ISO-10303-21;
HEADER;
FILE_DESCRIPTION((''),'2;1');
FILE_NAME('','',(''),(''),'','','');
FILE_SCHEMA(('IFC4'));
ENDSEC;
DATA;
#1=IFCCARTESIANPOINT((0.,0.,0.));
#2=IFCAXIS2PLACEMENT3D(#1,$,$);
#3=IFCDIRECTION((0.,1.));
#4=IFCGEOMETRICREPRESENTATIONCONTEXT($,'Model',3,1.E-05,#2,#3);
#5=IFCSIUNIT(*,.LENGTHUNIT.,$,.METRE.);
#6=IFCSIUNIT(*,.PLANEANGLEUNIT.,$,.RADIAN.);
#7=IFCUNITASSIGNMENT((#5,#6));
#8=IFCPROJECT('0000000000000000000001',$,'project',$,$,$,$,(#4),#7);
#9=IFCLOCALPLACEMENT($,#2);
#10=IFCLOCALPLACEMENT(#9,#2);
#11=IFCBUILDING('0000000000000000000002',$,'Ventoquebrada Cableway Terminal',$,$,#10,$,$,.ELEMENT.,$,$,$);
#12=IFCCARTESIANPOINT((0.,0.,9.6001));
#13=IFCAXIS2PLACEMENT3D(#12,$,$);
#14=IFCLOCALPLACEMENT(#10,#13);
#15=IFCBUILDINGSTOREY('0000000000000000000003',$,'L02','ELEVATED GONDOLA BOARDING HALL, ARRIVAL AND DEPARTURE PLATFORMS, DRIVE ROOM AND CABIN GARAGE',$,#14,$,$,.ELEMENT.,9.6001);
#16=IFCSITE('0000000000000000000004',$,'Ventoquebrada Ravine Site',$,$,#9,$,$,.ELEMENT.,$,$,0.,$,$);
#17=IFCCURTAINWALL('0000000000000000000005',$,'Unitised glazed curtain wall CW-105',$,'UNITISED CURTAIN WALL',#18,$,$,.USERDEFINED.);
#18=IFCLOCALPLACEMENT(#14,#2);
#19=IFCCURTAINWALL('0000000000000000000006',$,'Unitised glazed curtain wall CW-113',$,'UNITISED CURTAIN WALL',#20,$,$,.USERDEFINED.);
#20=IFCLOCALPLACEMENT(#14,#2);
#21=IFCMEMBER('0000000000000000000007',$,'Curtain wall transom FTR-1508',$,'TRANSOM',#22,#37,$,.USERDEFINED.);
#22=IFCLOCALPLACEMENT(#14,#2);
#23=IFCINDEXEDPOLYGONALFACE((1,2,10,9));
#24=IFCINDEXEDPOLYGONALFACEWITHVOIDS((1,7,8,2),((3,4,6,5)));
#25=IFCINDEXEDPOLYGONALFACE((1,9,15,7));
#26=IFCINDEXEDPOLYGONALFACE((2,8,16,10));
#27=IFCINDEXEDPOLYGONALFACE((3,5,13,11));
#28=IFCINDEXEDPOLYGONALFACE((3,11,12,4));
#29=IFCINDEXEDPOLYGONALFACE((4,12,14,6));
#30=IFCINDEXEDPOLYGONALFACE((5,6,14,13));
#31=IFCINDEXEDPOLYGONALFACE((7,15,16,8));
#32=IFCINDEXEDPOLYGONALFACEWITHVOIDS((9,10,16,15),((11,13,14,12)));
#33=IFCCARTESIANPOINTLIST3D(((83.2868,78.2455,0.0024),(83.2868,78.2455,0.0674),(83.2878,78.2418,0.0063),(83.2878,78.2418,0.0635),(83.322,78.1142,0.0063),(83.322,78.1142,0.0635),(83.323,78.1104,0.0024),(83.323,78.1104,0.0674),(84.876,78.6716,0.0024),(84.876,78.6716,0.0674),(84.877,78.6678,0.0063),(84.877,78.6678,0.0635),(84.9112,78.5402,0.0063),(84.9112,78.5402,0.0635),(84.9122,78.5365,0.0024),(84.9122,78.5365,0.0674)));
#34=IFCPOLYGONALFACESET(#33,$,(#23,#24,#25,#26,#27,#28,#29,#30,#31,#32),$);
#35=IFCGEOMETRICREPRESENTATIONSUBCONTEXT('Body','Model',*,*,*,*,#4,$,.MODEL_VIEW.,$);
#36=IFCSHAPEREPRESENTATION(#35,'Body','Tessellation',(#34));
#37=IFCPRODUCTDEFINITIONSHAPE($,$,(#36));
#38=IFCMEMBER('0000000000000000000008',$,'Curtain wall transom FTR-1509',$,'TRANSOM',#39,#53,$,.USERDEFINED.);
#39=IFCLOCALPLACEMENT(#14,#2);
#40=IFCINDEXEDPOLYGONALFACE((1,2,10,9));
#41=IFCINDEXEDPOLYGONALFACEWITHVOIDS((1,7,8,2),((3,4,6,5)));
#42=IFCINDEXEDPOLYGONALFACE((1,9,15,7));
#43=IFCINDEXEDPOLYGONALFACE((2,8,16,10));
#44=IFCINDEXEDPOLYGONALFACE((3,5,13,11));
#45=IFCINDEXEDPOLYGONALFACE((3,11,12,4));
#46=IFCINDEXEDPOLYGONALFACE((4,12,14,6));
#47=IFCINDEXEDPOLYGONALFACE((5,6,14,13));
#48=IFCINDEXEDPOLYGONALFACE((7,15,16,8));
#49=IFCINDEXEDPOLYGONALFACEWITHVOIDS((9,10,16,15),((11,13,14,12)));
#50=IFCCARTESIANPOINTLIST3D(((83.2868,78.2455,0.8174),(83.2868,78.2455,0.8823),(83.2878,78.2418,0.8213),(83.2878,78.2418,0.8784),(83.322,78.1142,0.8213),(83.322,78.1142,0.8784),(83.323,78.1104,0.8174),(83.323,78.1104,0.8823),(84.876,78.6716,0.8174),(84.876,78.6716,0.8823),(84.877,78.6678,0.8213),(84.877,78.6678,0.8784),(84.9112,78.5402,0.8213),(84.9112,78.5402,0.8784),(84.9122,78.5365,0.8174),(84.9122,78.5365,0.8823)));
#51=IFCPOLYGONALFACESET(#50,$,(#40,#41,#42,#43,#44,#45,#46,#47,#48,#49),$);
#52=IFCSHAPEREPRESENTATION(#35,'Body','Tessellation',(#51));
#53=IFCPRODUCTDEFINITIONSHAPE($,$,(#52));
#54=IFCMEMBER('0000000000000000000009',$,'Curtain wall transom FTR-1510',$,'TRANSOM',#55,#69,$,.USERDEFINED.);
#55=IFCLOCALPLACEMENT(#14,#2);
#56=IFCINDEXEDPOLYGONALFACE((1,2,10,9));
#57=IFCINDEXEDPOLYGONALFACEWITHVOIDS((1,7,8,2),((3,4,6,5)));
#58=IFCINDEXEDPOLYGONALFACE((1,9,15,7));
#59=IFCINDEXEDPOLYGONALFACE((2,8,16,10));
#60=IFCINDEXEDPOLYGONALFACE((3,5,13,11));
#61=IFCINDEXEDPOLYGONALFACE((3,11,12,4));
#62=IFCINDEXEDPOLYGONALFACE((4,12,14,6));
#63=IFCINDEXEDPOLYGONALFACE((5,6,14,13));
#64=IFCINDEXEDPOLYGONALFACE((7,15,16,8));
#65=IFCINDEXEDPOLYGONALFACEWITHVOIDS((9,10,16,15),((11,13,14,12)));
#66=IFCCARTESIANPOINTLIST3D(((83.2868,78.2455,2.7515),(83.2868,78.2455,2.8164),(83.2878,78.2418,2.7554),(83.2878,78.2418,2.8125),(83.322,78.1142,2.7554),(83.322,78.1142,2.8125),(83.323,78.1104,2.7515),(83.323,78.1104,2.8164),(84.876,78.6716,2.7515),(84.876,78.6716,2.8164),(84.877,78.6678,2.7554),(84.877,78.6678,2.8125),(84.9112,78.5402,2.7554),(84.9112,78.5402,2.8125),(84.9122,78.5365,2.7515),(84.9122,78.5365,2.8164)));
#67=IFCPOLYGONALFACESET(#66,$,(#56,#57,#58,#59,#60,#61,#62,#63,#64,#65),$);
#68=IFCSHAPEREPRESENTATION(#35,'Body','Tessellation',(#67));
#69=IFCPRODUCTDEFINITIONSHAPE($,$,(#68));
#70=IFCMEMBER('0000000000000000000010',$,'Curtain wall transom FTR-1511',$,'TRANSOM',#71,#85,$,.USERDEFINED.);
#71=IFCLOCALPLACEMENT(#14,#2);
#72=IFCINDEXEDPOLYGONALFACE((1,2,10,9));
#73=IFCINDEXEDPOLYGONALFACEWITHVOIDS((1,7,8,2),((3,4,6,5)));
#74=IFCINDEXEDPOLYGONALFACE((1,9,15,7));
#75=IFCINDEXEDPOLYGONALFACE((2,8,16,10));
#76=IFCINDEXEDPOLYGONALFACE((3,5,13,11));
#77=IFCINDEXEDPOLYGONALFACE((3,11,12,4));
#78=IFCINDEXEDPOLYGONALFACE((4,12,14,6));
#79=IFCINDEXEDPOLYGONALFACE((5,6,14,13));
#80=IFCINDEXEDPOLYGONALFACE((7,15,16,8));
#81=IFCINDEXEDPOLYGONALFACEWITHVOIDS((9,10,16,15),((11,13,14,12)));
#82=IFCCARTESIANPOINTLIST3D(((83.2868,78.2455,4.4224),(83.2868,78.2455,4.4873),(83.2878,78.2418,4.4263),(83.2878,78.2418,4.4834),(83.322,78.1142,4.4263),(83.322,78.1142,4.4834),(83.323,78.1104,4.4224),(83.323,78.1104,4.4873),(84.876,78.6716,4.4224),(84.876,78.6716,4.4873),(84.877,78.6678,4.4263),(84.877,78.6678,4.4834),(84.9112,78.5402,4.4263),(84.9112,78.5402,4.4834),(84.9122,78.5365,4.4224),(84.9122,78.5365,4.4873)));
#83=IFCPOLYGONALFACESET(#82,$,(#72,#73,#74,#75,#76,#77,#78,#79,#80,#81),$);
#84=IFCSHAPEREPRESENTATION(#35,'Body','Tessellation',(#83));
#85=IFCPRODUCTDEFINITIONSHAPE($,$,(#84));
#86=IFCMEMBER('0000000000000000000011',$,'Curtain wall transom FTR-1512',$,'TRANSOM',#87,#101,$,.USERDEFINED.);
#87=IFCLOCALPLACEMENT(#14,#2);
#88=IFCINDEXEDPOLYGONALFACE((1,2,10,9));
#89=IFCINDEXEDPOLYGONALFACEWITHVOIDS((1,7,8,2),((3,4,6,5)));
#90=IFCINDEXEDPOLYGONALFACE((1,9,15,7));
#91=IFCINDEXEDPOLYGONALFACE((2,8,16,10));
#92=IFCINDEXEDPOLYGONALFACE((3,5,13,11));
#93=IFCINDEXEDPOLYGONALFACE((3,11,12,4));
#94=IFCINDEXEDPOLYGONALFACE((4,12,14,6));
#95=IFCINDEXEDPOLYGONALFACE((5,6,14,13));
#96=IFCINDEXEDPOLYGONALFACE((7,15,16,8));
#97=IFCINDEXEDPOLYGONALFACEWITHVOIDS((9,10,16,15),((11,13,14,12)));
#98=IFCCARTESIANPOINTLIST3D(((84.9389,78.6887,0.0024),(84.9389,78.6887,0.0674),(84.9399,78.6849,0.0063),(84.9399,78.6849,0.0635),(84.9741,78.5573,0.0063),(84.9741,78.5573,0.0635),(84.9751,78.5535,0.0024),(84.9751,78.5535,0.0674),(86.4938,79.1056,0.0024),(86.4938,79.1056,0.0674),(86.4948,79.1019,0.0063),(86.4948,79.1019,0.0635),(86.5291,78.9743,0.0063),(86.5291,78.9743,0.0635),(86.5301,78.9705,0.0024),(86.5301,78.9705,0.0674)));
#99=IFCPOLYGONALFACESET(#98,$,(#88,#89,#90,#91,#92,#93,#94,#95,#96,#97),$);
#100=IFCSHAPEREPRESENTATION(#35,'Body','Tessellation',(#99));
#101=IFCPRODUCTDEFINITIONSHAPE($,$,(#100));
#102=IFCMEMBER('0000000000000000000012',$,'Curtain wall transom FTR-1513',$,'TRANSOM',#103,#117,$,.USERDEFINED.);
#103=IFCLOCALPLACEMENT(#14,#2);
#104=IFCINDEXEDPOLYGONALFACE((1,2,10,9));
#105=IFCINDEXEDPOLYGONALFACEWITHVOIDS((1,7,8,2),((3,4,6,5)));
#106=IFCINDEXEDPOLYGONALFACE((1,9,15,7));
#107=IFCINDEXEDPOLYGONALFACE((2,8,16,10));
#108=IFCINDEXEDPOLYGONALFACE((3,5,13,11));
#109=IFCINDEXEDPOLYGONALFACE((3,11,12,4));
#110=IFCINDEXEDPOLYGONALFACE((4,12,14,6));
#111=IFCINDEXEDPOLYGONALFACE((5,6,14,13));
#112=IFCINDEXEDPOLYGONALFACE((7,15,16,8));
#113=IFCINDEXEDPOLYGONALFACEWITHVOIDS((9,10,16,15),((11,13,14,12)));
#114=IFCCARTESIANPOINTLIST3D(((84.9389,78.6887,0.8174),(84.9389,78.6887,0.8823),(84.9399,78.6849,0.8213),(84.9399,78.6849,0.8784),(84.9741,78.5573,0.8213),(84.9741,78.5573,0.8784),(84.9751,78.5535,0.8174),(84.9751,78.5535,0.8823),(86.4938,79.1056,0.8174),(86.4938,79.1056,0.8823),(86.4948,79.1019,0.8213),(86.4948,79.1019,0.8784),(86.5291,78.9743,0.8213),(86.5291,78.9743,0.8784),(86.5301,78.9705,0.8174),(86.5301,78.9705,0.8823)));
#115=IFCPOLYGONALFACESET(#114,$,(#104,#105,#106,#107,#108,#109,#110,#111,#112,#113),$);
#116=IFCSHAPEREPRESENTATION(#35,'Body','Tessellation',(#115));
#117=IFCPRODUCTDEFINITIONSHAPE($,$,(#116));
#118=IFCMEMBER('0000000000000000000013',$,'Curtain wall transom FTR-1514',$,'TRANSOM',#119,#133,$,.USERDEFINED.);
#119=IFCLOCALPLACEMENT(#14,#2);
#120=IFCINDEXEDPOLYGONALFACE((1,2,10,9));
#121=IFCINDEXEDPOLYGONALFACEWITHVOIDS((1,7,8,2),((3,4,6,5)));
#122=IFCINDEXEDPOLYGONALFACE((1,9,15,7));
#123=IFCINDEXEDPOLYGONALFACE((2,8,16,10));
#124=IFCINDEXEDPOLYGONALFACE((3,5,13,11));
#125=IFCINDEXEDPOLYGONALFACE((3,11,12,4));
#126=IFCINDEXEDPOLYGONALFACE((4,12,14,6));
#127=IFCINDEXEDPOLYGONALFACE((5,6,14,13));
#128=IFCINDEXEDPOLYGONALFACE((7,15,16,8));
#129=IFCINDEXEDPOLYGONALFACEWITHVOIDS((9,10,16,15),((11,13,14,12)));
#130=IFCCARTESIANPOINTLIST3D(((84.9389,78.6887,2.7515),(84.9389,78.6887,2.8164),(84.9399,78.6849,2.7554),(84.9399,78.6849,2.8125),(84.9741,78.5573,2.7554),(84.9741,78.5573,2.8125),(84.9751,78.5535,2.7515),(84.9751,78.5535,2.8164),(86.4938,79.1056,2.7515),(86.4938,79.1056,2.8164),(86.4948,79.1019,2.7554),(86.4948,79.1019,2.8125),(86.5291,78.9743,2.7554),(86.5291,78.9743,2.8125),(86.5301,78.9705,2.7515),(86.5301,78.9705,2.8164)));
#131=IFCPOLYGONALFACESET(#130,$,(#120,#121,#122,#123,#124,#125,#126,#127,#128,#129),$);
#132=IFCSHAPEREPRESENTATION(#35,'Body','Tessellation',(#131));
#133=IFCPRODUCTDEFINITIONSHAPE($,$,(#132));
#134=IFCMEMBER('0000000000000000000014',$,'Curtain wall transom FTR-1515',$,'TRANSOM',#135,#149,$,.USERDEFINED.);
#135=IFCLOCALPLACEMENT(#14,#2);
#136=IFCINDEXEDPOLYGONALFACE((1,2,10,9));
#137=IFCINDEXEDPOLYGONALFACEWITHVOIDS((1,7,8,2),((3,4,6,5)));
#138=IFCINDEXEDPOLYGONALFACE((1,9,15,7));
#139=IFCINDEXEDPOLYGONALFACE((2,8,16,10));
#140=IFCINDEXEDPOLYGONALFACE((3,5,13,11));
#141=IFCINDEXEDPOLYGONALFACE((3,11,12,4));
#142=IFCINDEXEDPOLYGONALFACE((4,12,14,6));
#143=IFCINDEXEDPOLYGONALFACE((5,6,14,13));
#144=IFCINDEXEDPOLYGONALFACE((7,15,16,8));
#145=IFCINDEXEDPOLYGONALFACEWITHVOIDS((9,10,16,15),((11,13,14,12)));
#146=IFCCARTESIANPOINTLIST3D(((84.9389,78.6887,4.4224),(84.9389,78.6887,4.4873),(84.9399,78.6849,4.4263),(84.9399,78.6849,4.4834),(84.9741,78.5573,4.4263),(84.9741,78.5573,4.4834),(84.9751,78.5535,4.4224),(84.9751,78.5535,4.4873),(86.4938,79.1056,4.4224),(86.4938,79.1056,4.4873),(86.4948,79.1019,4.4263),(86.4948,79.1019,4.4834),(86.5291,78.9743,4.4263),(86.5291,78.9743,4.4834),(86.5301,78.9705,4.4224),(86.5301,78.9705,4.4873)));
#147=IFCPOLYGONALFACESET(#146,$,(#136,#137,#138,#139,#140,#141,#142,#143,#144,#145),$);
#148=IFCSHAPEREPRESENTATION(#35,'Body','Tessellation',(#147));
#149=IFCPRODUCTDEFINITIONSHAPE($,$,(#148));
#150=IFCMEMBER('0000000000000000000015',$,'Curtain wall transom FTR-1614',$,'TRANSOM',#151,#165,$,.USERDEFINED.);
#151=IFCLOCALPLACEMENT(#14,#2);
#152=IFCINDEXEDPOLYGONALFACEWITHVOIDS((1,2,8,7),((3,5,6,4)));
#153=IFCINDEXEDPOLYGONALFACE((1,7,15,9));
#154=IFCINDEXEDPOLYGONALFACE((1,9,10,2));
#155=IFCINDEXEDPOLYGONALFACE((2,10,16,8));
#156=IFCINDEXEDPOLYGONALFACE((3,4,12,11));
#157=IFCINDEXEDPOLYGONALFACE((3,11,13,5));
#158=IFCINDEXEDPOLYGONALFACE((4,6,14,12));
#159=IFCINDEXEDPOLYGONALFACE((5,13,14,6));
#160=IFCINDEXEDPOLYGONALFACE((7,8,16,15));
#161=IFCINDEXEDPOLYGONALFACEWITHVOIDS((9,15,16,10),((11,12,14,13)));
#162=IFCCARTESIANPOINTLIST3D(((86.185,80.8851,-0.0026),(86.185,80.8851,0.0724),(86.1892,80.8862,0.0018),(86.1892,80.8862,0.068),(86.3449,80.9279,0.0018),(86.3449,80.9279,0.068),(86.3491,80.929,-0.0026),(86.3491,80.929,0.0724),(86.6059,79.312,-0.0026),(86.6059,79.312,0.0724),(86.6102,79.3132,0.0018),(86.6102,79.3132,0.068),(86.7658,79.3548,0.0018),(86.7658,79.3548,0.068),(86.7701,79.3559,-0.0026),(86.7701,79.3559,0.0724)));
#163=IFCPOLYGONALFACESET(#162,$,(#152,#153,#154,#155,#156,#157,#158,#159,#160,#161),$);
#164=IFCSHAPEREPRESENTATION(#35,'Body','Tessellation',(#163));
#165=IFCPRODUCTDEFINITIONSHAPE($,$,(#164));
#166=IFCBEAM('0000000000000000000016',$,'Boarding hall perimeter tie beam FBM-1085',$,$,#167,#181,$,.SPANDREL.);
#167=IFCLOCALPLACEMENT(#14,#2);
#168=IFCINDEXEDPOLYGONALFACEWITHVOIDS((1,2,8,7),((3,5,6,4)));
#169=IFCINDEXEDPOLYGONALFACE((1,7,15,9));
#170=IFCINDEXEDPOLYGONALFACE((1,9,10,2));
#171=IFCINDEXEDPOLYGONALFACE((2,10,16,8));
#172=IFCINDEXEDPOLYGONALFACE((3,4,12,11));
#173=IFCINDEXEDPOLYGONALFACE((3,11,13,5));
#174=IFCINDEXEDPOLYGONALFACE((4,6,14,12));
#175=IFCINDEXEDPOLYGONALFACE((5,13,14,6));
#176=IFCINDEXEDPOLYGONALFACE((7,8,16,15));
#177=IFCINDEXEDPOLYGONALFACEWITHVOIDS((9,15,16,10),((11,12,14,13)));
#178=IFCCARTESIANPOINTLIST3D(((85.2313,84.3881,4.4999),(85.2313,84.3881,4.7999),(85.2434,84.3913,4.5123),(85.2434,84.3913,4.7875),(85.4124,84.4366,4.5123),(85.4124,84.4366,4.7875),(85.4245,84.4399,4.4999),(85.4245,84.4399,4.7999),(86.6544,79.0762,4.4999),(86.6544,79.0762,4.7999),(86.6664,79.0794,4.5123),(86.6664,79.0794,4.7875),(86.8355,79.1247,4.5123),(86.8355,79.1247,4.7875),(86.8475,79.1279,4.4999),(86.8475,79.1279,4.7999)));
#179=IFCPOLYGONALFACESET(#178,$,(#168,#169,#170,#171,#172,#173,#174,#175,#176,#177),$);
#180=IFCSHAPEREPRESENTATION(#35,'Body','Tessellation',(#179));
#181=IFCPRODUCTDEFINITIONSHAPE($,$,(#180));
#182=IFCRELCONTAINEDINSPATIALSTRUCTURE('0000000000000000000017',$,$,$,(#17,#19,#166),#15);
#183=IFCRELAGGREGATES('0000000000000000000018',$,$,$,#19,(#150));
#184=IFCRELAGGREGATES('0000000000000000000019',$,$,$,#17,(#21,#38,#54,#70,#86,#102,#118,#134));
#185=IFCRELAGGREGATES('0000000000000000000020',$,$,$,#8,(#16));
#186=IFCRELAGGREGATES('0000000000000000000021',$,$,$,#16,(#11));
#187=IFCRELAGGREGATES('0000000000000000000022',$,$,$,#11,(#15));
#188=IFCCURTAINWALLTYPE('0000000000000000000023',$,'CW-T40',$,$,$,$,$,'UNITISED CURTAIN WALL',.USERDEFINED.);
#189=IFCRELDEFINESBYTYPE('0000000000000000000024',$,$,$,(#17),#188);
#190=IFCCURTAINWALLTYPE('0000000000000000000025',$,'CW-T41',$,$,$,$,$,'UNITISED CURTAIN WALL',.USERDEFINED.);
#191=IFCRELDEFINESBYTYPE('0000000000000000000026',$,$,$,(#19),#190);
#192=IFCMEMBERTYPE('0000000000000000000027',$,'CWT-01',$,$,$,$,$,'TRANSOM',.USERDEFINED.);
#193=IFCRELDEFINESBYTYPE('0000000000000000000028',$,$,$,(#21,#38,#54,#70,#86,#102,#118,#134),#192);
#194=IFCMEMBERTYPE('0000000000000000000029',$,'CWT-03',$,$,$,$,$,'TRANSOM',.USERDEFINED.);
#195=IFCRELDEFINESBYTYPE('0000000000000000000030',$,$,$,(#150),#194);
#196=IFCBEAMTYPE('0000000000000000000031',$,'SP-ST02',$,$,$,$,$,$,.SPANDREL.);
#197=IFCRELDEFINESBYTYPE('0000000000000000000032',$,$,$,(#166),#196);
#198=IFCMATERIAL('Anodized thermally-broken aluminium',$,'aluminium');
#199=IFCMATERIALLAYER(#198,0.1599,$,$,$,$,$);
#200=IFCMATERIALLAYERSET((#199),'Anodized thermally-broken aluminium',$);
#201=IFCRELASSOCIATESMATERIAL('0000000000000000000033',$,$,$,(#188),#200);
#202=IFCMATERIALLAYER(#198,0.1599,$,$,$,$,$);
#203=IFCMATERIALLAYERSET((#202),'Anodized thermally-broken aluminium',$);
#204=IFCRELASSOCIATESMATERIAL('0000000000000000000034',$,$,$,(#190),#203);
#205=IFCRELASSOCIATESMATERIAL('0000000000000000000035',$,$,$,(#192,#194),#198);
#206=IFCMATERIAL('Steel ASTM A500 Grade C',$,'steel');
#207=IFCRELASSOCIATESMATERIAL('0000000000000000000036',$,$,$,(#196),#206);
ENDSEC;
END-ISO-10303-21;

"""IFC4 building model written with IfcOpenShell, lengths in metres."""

from ifc_helpers import new_model, si_unit, direction, frame, origin, origin_2d, place, context, subcontext, project, spatial, hollow_rectangle, extrude, material, layer, layer_set, material_profile, profile_set, type_object, element, aggregate, save


model = new_model("IFC4")

# Units and contexts
model_context = context("Model", 3, precision=1e-05, world=origin(), true_north=direction((0.0, 1.0)))
body_context = subcontext(model_context, "Body", "Model", "MODEL_VIEW")
ifc_project = project(units=[si_unit("LENGTHUNIT", "METRE"), si_unit("PLANEANGLEUNIT", "RADIAN")], contexts=[model_context])

# Site, building, storey
site_placement = place(None, origin())
site = spatial("IfcSite", under=ifc_project, at=site_placement, Name="Ventoquebrada Ravine Site", CompositionType="ELEMENT", RefElevation=0.0)
building_placement = place(site_placement, origin())
building = spatial("IfcBuilding", under=site, at=building_placement, Name="Ventoquebrada Cableway Terminal", CompositionType="ELEMENT")
storey_placement = place(building_placement, frame((0.0, 0.0, 9.6001)))
storey = spatial("IfcBuildingStorey", under=building, at=storey_placement, Name="L02", Description="ELEVATED GONDOLA BOARDING HALL, ARRIVAL AND DEPARTURE PLATFORMS, DRIVE ROOM AND CABIN GARAGE", CompositionType="ELEMENT", Elevation=9.6001)

# Shared definitions
ifc_material_1 = material(Name="Steel ASTM A500 Grade C", Category="steel")

# Curtain wall
ifc_material_2 = material(Name="Anodized thermally-broken aluminium", Category="aluminium")
ifc_layer_1 = layer(ifc_material_2, 0.1599)
ifc_layer_set_1 = layer_set([ifc_layer_1], Name="Anodized thermally-broken aluminium")
curtain_wall_type_1 = type_object("IfcCurtainWallType", Name="CW-T40", ElementType="UNITISED CURTAIN WALL", PredefinedType="USERDEFINED", material=ifc_layer_set_1)
curtain_wall_1_placement = place(storey_placement, origin())
curtain_wall_1 = element("IfcCurtainWall", 1, at=curtain_wall_1_placement, inside=storey, type_object=curtain_wall_type_1, Name="Unitised glazed curtain wall CW-105", ObjectType="UNITISED CURTAIN WALL", PredefinedType="USERDEFINED")

# Curtain wall
ifc_layer_2 = layer(ifc_material_2, 0.1599)
ifc_layer_set_2 = layer_set([ifc_layer_2], Name="Anodized thermally-broken aluminium")
curtain_wall_type_2 = type_object("IfcCurtainWallType", Name="CW-T41", ElementType="UNITISED CURTAIN WALL", PredefinedType="USERDEFINED", material=ifc_layer_set_2)
curtain_wall_2_placement = place(storey_placement, origin())
curtain_wall_2 = element("IfcCurtainWall", 2, at=curtain_wall_2_placement, inside=storey, type_object=curtain_wall_type_2, Name="Unitised glazed curtain wall CW-113", ObjectType="UNITISED CURTAIN WALL", PredefinedType="USERDEFINED")

# Members
ifc_material_profile_1 = material_profile(ifc_material_2, hollow_rectangle(XDim=0.0649, YDim=0.1399, WallThickness=0.0039, at=origin_2d()), Name="CW-TRN-65X140")
ifc_profile_set_1 = profile_set([ifc_material_profile_1], Name="Anodized thermally-broken aluminium")
member_type_1 = type_object("IfcMemberType", Name="CWT-01", ElementType="TRANSOM", PredefinedType="USERDEFINED", material=ifc_profile_set_1)
member_1_placement = place(storey_placement, frame((83.3049, 78.178, 0.0349), z_axis=(0.965892, 0.258946, 0.0), x_axis=(0.0, 0.0, 1.0)))
member_1 = element("IfcMember", 3, at=member_1_placement, type_object=member_type_1, Name="Curtain wall transom FTR-1508", ObjectType="TRANSOM", PredefinedType="USERDEFINED", context=body_context, shape_type="SweptSolid", body=[
    extrude(hollow_rectangle(XDim=0.0649, YDim=0.1399, WallThickness=0.0039, at=origin_2d()), origin(), (0.0, 0.0, 1.0), 1.6453),
])
member_2_placement = place(storey_placement, frame((83.3049, 78.178, 0.8499), z_axis=(0.965892, 0.258946, 0.0), x_axis=(0.0, 0.0, 1.0)))
member_2 = element("IfcMember", 4, at=member_2_placement, type_object=member_type_1, Name="Curtain wall transom FTR-1509", ObjectType="TRANSOM", PredefinedType="USERDEFINED", context=body_context, shape_type="SweptSolid", body=[
    extrude(hollow_rectangle(XDim=0.0649, YDim=0.1399, WallThickness=0.0039, at=origin_2d()), origin(), (0.0, 0.0, 1.0), 1.6453),
])
member_3_placement = place(storey_placement, frame((83.3049, 78.178, 2.7839), z_axis=(0.965892, 0.258946, 0.0), x_axis=(0.0, 0.0, 1.0)))
member_3 = element("IfcMember", 5, at=member_3_placement, type_object=member_type_1, Name="Curtain wall transom FTR-1510", ObjectType="TRANSOM", PredefinedType="USERDEFINED", context=body_context, shape_type="SweptSolid", body=[
    extrude(hollow_rectangle(XDim=0.0649, YDim=0.1399, WallThickness=0.0039, at=origin_2d()), origin(), (0.0, 0.0, 1.0), 1.6453),
])
member_4_placement = place(storey_placement, frame((83.3049, 78.178, 4.4548), z_axis=(0.965892, 0.258946, 0.0), x_axis=(0.0, 0.0, 1.0)))
member_4 = element("IfcMember", 6, at=member_4_placement, type_object=member_type_1, Name="Curtain wall transom FTR-1511", ObjectType="TRANSOM", PredefinedType="USERDEFINED", context=body_context, shape_type="SweptSolid", body=[
    extrude(hollow_rectangle(XDim=0.0649, YDim=0.1399, WallThickness=0.0039, at=origin_2d()), origin(), (0.0, 0.0, 1.0), 1.6453),
])
member_5_placement = place(storey_placement, frame((84.957, 78.6211, 0.0349), z_axis=(0.965872, 0.259022, 0.0), x_axis=(0.0, 0.0, 1.0)))
member_5 = element("IfcMember", 7, at=member_5_placement, type_object=member_type_1, Name="Curtain wall transom FTR-1512", ObjectType="TRANSOM", PredefinedType="USERDEFINED", context=body_context, shape_type="SweptSolid", body=[
    extrude(hollow_rectangle(XDim=0.0649, YDim=0.1399, WallThickness=0.0039, at=origin_2d()), origin(), (0.0, 0.0, 1.0), 1.6099),
])
member_6_placement = place(storey_placement, frame((84.957, 78.6211, 0.8499), z_axis=(0.965872, 0.259022, 0.0), x_axis=(0.0, 0.0, 1.0)))
member_6 = element("IfcMember", 8, at=member_6_placement, type_object=member_type_1, Name="Curtain wall transom FTR-1513", ObjectType="TRANSOM", PredefinedType="USERDEFINED", context=body_context, shape_type="SweptSolid", body=[
    extrude(hollow_rectangle(XDim=0.0649, YDim=0.1399, WallThickness=0.0039, at=origin_2d()), origin(), (0.0, 0.0, 1.0), 1.6099),
])
member_7_placement = place(storey_placement, frame((84.957, 78.6211, 2.7839), z_axis=(0.965872, 0.259022, 0.0), x_axis=(0.0, 0.0, 1.0)))
member_7 = element("IfcMember", 9, at=member_7_placement, type_object=member_type_1, Name="Curtain wall transom FTR-1514", ObjectType="TRANSOM", PredefinedType="USERDEFINED", context=body_context, shape_type="SweptSolid", body=[
    extrude(hollow_rectangle(XDim=0.0649, YDim=0.1399, WallThickness=0.0039, at=origin_2d()), origin(), (0.0, 0.0, 1.0), 1.6099),
])
member_8_placement = place(storey_placement, frame((84.957, 78.6211, 4.4548), z_axis=(0.965872, 0.259022, 0.0), x_axis=(0.0, 0.0, 1.0)))
member_8 = element("IfcMember", 10, at=member_8_placement, type_object=member_type_1, Name="Curtain wall transom FTR-1515", ObjectType="TRANSOM", PredefinedType="USERDEFINED", context=body_context, shape_type="SweptSolid", body=[
    extrude(hollow_rectangle(XDim=0.0649, YDim=0.1399, WallThickness=0.0039, at=origin_2d()), origin(), (0.0, 0.0, 1.0), 1.6099),
])
ifc_material_profile_2 = material_profile(ifc_material_2, hollow_rectangle(XDim=0.075, YDim=0.1699, WallThickness=0.0044, at=origin_2d()), Name="CW-TRN-75X170")
ifc_profile_set_2 = profile_set([ifc_material_profile_2], Name="Anodized thermally-broken aluminium")
member_type_2 = type_object("IfcMemberType", Name="CWT-03", ElementType="TRANSOM", PredefinedType="USERDEFINED", material=ifc_profile_set_2)
member_9_placement = place(storey_placement, frame((86.688, 79.334, 0.0349), z_axis=(-0.258484, 0.966016, 0.0), x_axis=(0.0, 0.0, 1.0)))
member_9 = element("IfcMember", 11, at=member_9_placement, type_object=member_type_2, Name="Curtain wall transom FTR-1614", ObjectType="TRANSOM", PredefinedType="USERDEFINED", context=body_context, shape_type="SweptSolid", body=[
    extrude(hollow_rectangle(XDim=0.075, YDim=0.1699, WallThickness=0.0044, at=origin_2d()), origin(), (0.0, 0.0, 1.0), 1.6284),
])
aggregate(curtain_wall_2, [member_9])

# Beam
ifc_material_profile_3 = material_profile(ifc_material_1, hollow_rectangle(XDim=0.2, YDim=0.3, WallThickness=0.0125, at=origin_2d()), Name="RHS300X200X12.5")
ifc_profile_set_3 = profile_set([ifc_material_profile_3], Name="Steel ASTM A500 Grade C")
beam_type = type_object("IfcBeamType", Name="SP-ST02", PredefinedType="SPANDREL", material=ifc_profile_set_3)
beam_placement = place(storey_placement, frame((86.751, 79.1021, 4.6499), z_axis=(-0.258776, 0.965937, 0.0), x_axis=(-0.965937, -0.258776, 0.0)))
element("IfcBeam", 12, at=beam_placement, inside=storey, type_object=beam_type, Name="Boarding hall perimeter tie beam FBM-1085", PredefinedType="SPANDREL", context=body_context, shape_type="SweptSolid", body=[
    extrude(hollow_rectangle(XDim=0.2, YDim=0.3, WallThickness=0.0125, at=origin_2d()), origin(), (0.0, 0.0, 1.0), 5.4993),
])

aggregate(curtain_wall_1, [member_1, member_2, member_3, member_4, member_5, member_6, member_7, member_8])

save(model, "model.ifc")
